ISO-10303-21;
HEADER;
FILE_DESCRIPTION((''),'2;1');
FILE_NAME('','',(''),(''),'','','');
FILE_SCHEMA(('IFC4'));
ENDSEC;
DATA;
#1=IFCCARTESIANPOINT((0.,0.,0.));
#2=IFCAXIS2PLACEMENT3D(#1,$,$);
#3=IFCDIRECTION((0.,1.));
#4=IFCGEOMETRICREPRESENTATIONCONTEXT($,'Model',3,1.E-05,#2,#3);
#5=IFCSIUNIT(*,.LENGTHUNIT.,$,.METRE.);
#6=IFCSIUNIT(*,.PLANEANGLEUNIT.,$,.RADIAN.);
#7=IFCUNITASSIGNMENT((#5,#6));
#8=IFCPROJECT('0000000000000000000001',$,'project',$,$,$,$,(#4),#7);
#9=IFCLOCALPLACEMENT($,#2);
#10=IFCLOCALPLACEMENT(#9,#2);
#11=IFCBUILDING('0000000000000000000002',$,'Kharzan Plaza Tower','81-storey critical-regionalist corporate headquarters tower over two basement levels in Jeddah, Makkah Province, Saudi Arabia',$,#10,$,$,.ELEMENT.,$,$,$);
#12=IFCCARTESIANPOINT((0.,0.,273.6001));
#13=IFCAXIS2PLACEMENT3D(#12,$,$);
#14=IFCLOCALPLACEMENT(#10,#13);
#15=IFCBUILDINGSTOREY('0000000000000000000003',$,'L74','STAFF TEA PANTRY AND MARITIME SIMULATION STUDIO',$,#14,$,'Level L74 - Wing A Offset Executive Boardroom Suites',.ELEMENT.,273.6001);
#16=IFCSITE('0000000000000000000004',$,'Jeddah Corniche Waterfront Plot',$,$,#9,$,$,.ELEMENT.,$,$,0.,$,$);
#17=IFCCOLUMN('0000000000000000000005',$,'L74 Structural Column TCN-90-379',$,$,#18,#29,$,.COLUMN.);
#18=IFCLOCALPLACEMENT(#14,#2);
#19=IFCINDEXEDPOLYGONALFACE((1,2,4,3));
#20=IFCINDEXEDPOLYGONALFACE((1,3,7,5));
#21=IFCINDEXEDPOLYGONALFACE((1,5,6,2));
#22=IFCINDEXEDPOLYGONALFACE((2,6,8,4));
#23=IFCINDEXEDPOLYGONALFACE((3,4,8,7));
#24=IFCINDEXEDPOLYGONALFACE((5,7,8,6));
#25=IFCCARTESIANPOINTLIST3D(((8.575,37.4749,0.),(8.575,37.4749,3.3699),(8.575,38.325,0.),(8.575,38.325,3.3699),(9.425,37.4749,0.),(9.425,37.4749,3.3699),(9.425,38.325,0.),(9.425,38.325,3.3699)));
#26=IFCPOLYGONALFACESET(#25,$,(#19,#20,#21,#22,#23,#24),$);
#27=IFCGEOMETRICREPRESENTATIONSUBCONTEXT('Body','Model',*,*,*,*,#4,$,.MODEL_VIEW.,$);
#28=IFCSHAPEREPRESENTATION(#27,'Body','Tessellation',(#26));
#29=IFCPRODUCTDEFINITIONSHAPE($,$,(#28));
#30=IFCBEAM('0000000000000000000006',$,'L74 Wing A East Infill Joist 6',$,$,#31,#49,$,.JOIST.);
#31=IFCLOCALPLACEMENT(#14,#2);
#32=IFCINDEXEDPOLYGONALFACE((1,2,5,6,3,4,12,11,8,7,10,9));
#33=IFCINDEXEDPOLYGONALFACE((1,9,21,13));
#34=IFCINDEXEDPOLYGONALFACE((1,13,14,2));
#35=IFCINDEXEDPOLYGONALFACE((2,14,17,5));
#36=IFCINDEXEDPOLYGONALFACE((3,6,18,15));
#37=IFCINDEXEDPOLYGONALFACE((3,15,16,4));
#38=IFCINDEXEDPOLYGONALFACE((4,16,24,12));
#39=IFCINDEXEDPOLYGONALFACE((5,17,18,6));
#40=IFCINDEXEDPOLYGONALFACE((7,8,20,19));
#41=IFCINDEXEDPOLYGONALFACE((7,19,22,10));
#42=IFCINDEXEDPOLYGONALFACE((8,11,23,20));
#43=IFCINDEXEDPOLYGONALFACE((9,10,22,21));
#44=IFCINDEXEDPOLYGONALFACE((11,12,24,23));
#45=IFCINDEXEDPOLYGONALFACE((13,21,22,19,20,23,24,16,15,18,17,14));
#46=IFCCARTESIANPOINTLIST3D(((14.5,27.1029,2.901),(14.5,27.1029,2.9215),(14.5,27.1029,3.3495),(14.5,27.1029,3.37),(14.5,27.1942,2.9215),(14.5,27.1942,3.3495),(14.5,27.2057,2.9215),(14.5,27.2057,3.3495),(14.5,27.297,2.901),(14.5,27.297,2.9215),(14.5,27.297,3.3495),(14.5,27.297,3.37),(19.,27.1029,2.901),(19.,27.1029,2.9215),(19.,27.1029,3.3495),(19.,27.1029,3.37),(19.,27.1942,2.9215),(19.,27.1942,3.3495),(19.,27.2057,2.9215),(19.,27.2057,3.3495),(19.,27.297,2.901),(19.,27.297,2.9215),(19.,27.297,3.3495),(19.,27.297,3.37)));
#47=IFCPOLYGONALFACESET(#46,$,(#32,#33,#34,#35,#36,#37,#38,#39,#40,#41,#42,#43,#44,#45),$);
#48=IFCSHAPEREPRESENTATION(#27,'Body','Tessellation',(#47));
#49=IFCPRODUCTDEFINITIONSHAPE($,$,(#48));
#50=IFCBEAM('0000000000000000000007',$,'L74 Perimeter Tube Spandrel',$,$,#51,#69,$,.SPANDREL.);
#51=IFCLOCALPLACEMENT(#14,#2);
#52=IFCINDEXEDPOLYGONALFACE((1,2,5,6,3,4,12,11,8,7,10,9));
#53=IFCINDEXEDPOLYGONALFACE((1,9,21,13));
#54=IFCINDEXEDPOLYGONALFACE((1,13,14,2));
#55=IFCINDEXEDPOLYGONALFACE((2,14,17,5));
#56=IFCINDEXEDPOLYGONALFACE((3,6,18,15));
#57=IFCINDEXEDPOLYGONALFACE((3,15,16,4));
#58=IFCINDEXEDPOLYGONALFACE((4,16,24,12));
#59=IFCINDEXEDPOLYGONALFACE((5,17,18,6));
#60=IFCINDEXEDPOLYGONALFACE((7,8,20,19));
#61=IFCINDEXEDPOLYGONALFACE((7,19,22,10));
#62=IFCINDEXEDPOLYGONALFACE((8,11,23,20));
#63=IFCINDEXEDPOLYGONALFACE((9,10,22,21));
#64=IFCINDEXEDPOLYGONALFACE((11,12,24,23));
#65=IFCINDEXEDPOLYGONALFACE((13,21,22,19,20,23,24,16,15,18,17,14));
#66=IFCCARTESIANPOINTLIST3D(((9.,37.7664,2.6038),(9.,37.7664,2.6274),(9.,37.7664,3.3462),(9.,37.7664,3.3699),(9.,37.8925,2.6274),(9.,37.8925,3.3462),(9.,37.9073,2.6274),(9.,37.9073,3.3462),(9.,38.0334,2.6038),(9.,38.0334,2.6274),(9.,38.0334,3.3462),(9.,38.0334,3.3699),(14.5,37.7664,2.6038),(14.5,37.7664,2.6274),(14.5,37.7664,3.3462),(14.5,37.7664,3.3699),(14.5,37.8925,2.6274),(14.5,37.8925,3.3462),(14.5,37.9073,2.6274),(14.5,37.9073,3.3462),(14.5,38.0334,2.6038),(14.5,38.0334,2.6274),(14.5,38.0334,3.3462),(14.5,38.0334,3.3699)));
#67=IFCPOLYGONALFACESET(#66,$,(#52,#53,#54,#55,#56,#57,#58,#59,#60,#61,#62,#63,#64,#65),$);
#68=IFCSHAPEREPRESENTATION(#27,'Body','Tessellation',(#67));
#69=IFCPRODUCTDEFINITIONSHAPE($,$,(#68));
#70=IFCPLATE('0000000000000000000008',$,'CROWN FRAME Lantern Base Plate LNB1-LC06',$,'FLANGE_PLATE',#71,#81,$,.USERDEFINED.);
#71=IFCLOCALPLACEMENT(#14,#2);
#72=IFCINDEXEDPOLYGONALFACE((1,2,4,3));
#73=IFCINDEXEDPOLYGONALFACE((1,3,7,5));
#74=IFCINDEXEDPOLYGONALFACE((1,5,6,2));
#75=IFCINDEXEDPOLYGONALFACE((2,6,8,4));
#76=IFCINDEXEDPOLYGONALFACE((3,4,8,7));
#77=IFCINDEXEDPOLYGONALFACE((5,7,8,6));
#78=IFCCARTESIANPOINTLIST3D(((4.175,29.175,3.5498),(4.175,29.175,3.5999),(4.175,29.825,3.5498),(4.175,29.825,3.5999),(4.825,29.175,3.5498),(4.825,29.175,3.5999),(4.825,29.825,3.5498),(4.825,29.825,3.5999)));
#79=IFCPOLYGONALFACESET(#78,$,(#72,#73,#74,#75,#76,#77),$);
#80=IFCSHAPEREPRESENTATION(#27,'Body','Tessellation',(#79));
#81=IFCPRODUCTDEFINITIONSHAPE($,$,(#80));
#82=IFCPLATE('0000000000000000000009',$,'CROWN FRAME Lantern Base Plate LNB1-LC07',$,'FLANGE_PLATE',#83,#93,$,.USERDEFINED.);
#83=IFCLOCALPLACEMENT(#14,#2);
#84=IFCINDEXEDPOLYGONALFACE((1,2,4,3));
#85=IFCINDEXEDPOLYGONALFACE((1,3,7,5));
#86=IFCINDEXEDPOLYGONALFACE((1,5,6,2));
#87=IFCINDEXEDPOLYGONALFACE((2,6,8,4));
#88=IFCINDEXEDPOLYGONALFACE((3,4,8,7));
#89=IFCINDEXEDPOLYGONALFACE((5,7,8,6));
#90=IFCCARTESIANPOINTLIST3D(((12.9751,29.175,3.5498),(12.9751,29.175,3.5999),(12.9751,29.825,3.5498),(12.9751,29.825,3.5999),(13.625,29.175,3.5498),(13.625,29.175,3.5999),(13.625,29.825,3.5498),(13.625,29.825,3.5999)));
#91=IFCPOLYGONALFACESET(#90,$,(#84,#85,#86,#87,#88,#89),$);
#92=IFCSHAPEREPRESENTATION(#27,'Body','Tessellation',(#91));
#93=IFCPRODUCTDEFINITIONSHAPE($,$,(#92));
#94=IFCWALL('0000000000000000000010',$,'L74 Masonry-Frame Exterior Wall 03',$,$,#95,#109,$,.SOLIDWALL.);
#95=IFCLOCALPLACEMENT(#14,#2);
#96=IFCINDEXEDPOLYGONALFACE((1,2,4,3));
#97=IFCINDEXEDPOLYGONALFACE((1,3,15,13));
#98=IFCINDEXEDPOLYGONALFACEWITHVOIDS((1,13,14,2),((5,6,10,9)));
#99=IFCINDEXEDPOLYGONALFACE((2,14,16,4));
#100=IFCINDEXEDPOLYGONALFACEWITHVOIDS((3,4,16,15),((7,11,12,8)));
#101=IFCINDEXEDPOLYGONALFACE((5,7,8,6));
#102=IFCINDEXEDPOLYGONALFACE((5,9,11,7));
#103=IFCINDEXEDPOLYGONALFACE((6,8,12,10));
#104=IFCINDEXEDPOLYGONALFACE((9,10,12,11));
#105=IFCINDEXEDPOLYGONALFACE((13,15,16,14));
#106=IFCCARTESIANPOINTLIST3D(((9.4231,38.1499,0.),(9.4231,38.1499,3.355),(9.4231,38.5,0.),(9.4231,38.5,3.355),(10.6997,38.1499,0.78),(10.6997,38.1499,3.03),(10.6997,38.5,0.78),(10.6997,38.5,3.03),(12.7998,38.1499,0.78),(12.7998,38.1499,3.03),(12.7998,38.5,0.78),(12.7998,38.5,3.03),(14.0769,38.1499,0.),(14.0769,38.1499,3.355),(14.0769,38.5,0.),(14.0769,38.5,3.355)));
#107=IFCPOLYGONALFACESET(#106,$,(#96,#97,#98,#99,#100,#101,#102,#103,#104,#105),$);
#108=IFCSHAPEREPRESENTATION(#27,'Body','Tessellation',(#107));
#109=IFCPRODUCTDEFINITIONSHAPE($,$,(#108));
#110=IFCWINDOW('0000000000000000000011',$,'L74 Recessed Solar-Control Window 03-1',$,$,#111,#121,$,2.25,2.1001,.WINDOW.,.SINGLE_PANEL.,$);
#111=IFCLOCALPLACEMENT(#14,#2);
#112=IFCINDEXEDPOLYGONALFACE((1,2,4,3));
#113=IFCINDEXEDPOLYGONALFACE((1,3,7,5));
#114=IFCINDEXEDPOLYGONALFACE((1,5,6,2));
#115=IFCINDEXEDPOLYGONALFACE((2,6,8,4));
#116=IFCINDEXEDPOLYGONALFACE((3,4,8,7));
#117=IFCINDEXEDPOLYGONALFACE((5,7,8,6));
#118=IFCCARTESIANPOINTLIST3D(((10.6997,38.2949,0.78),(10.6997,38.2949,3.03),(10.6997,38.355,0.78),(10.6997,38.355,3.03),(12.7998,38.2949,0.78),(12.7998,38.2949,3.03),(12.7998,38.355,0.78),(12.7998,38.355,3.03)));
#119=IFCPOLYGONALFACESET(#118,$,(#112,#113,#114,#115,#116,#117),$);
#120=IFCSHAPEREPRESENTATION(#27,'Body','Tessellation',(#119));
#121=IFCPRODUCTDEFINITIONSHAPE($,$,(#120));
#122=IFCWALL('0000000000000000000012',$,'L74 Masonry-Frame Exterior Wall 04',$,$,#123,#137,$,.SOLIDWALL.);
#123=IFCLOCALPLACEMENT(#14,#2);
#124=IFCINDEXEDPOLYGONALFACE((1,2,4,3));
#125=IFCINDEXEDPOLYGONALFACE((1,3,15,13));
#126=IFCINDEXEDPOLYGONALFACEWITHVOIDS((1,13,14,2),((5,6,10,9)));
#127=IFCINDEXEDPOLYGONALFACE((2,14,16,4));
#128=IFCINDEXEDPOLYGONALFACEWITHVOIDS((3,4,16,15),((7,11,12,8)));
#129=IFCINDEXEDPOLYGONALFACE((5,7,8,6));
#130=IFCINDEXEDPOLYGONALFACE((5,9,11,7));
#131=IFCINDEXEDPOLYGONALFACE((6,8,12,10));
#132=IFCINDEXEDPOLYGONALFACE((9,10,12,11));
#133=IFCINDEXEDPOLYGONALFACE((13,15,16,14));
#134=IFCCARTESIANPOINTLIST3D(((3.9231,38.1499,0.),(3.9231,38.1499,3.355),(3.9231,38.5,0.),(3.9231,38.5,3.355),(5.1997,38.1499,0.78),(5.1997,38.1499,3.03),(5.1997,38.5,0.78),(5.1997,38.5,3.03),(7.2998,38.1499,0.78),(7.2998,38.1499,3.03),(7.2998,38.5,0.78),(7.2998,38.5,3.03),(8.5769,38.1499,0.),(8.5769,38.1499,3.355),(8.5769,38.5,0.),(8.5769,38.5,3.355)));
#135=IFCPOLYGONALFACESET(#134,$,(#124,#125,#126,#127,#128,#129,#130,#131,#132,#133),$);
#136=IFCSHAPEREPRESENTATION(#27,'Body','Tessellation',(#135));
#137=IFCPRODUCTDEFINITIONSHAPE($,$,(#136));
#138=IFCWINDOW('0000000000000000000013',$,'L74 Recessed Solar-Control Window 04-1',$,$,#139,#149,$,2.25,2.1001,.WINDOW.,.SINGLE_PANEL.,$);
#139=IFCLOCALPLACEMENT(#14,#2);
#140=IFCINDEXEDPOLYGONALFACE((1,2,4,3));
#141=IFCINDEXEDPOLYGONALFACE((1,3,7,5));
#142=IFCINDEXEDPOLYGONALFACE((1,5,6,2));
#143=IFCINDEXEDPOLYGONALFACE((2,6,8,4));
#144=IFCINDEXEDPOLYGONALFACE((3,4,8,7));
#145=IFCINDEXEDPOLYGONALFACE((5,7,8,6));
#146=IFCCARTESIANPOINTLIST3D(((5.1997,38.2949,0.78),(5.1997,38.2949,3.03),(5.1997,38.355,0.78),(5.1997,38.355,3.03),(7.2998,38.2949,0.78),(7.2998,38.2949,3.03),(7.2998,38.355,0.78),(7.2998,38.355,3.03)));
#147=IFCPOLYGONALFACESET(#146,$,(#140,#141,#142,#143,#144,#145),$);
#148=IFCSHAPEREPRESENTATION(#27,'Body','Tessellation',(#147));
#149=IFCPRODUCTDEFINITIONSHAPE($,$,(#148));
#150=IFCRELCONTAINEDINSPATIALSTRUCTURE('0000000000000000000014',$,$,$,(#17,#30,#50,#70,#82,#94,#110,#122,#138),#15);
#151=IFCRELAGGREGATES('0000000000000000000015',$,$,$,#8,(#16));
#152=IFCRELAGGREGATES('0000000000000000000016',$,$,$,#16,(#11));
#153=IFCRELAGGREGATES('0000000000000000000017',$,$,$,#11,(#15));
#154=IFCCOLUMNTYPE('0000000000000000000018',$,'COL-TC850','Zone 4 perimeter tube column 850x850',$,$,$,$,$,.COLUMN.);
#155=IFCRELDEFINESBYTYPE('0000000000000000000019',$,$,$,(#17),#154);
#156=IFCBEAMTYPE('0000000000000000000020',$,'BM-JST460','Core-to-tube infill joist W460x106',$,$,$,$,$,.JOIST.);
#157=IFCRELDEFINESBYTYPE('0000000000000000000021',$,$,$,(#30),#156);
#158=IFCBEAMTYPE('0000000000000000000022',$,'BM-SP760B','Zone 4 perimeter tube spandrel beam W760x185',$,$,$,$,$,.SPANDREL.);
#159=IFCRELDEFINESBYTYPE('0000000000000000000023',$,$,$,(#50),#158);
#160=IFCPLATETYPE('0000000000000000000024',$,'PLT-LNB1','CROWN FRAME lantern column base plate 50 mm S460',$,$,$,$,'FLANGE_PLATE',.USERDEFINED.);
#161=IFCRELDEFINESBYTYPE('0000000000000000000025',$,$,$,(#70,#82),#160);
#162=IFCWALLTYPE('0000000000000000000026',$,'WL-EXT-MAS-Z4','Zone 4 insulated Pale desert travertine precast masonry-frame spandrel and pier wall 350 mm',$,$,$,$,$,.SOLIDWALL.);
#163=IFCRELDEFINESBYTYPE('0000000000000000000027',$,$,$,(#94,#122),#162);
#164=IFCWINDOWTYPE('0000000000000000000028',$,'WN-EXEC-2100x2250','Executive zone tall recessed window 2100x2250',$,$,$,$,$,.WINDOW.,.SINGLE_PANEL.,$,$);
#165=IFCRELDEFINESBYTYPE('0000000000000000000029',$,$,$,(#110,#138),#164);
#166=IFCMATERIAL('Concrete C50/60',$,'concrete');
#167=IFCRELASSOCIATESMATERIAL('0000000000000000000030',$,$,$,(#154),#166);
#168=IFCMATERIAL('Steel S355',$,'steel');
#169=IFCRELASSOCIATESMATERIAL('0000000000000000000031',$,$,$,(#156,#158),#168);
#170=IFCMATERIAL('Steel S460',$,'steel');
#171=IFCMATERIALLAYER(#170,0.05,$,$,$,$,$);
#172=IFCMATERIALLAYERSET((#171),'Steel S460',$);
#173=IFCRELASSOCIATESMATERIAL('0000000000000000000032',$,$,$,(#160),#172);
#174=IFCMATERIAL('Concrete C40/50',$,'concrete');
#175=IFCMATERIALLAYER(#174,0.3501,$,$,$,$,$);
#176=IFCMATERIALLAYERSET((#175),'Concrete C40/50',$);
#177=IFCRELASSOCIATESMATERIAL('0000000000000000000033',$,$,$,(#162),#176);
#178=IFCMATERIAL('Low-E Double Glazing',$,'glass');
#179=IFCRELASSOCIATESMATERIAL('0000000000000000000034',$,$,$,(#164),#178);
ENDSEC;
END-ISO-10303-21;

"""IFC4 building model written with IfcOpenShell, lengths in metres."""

from ifc_helpers import new_model, si_unit, direction, frame, frame_2d, origin, origin_2d, place, context, subcontext, project, spatial, rectangle, i_section, extrude, source, transform, mapped, material, layer, layer_set, material_profile, profile_set, type_object, element, fill, save


model = new_model("IFC4")

# Units and contexts
model_context = context("Model", 3, precision=1e-05, world=origin(), true_north=direction((0.0, 1.0)))
body_context = subcontext(model_context, "Body", "Model", "MODEL_VIEW")
ifc_project = project(units=[si_unit("LENGTHUNIT", "METRE"), si_unit("PLANEANGLEUNIT", "RADIAN")], contexts=[model_context])

# Site, building, storey
site_placement = place(None, origin())
site = spatial("IfcSite", under=ifc_project, at=site_placement, Name="Jeddah Corniche Waterfront Plot", CompositionType="ELEMENT", RefElevation=0.0)
building_placement = place(site_placement, origin())
building = spatial("IfcBuilding", under=site, at=building_placement, Name="Kharzan Plaza Tower", Description="81-storey critical-regionalist corporate headquarters tower over two basement levels in Jeddah, Makkah Province, Saudi Arabia", CompositionType="ELEMENT")
storey_placement = place(building_placement, frame((0.0, 0.0, 273.6001)))
storey = spatial("IfcBuildingStorey", under=building, at=storey_placement, Name="L74", Description="STAFF TEA PANTRY AND MARITIME SIMULATION STUDIO", LongName="Level L74 - Wing A Offset Executive Boardroom Suites", CompositionType="ELEMENT", Elevation=273.6001)

# Column
ifc_material_1 = material(Name="Concrete C50/60", Category="concrete")
ifc_material_profile_1 = material_profile(ifc_material_1, rectangle(XDim=0.8501, YDim=0.8501, at=origin_2d()), Name="RC-TC850x850")
ifc_profile_set_1 = profile_set([ifc_material_profile_1], Name="Concrete C50/60")
column_type = type_object("IfcColumnType", Name="COL-TC850", Description="Zone 4 perimeter tube column 850x850", PredefinedType="COLUMN", material=ifc_profile_set_1)
shared_shape_1 = source(origin(), body_context, "Body", "SweptSolid", [
    extrude(rectangle(XDim=0.8501, YDim=0.8501, at=origin_2d()), origin(), (0.0, 0.0, 1.0), 3.3699),
])
column_placement = place(storey_placement, frame((9.0, 37.8999, 0.0), z_axis=(0.0, 0.0, 1.0), x_axis=(1.0, 0.0, 0.0)))
element("IfcColumn", 1, at=column_placement, inside=storey, type_object=column_type, Name="L74 Structural Column TCN-90-379", PredefinedType="COLUMN", context=body_context, shape_type="MappedRepresentation", body=[
    mapped(shared_shape_1, transform((0.0, 0.0, 0.0), x_axis=(1.0, 0.0, 0.0), y_axis=(0.0, 1.0, 0.0), z_axis=(0.0, 0.0, 1.0))),
])

# Beams
ifc_material_2 = material(Name="Steel S355", Category="steel")
ifc_material_profile_2 = material_profile(ifc_material_2, i_section(OverallWidth=0.1941, OverallDepth=0.469, WebThickness=0.0115, FlangeThickness=0.0205, at=origin_2d()), Name="W460x106")
ifc_profile_set_2 = profile_set([ifc_material_profile_2], Name="Steel S355")
beam_type_1 = type_object("IfcBeamType", Name="BM-JST460", Description="Core-to-tube infill joist W460x106", PredefinedType="JOIST", material=ifc_profile_set_2)
shared_shape_2 = source(origin(), body_context, "Body", "SweptSolid", [
    extrude(i_section(OverallWidth=0.1941, OverallDepth=0.469, WebThickness=0.0115, FlangeThickness=0.0205, at=origin_2d()), origin(), (0.0, 0.0, 1.0), 4.5),
])
beam_1_placement = place(storey_placement, frame((14.5, 27.2, 3.1355), z_axis=(1.0, 0.0, 0.0), x_axis=(0.0, 1.0, 0.0)))
element("IfcBeam", 2, at=beam_1_placement, inside=storey, type_object=beam_type_1, Name="L74 Wing A East Infill Joist 6", PredefinedType="JOIST", context=body_context, shape_type="MappedRepresentation", body=[
    mapped(shared_shape_2, transform((0.0, 0.0, 0.0), x_axis=(1.0, 0.0, 0.0), y_axis=(0.0, 1.0, 0.0), z_axis=(0.0, 0.0, 1.0))),
])
ifc_material_profile_3 = material_profile(ifc_material_2, i_section(OverallWidth=0.2671, OverallDepth=0.7661, WebThickness=0.0149, FlangeThickness=0.0237, at=origin_2d()), Name="W760x185")
ifc_profile_set_3 = profile_set([ifc_material_profile_3], Name="Steel S355")
beam_type_2 = type_object("IfcBeamType", Name="BM-SP760B", Description="Zone 4 perimeter tube spandrel beam W760x185", PredefinedType="SPANDREL", material=ifc_profile_set_3)
shared_shape_3 = source(origin(), body_context, "Body", "SweptSolid", [
    extrude(i_section(OverallWidth=0.2671, OverallDepth=0.7661, WebThickness=0.0149, FlangeThickness=0.0237, at=origin_2d()), origin(), (0.0, 0.0, 1.0), 5.5),
])
beam_2_placement = place(storey_placement, frame((9.0, 37.8999, 2.9868), z_axis=(1.0, 0.0, 0.0), x_axis=(0.0, 1.0, 0.0)))
element("IfcBeam", 3, at=beam_2_placement, inside=storey, type_object=beam_type_2, Name="L74 Perimeter Tube Spandrel", PredefinedType="SPANDREL", context=body_context, shape_type="MappedRepresentation", body=[
    mapped(shared_shape_3, transform((0.0, 0.0, 0.0), x_axis=(1.0, 0.0, 0.0), y_axis=(0.0, 1.0, 0.0), z_axis=(0.0, 0.0, 1.0))),
])

# Plates
ifc_material_3 = material(Name="Steel S460", Category="steel")
ifc_layer_1 = layer(ifc_material_3, 0.05)
ifc_layer_set_1 = layer_set([ifc_layer_1], Name="Steel S460")
plate_type = type_object("IfcPlateType", Name="PLT-LNB1", Description="CROWN FRAME lantern column base plate 50 mm S460", ElementType="FLANGE_PLATE", PredefinedType="USERDEFINED", material=ifc_layer_set_1)
shared_shape_4 = source(origin(), body_context, "Body", "SweptSolid", [
    extrude(rectangle(XDim=0.6499, YDim=0.6499, at=origin_2d()), origin(), (0.0, 0.0, 1.0), 0.05),
])
for number, where, z_axis, x_axis, name in (
    (4, (4.5, 29.5, 3.5498), (0.0, 0.0, 1.0), (1.0, 0.0, 0.0), "CROWN FRAME Lantern Base Plate LNB1-LC06"),
    (5, (13.3, 29.5, 3.5498), (0.0, 0.0, 1.0), (1.0, 0.0, 0.0), "CROWN FRAME Lantern Base Plate LNB1-LC07"),
):
    element("IfcPlate", number, at=place(storey_placement, frame(where, z_axis=z_axis, x_axis=x_axis)), inside=storey, type_object=plate_type, Name=name, ObjectType="FLANGE_PLATE", PredefinedType="USERDEFINED", context=body_context, shape_type="MappedRepresentation", body=[
        mapped(shared_shape_4, transform((0.0, 0.0, 0.0), x_axis=(1.0, 0.0, 0.0), y_axis=(0.0, 1.0, 0.0), z_axis=(0.0, 0.0, 1.0))),
    ])

# Walls, openings, windows
ifc_material_4 = material(Name="Concrete C40/50", Category="concrete")
ifc_layer_2 = layer(ifc_material_4, 0.3501)
ifc_layer_set_2 = layer_set([ifc_layer_2], Name="Concrete C40/50")
wall_type_1 = type_object("IfcWallType", Name="WL-EXT-MAS-Z4", Description="Zone 4 insulated Pale desert travertine precast masonry-frame spandrel and pier wall 350 mm", PredefinedType="SOLIDWALL", material=ifc_layer_set_2)
wall_1_placement = place(storey_placement, frame((14.0769, 38.325, 0.0), z_axis=(0.0, 0.0, 1.0), x_axis=(-1.0, 0.0, 0.0)))
wall_1 = element("IfcWall", 6, at=wall_1_placement, inside=storey, type_object=wall_type_1, Name="L74 Masonry-Frame Exterior Wall 03", PredefinedType="SOLIDWALL", context=body_context, shape_type="SweptSolid", body=[
    extrude(rectangle(XDim=4.6538, YDim=0.3501, at=frame_2d((2.3269, 0.0))), origin(), (0.0, 0.0, 1.0), 3.355),
])
opening_1_placement = place(wall_1_placement, frame((1.2771, 0.0, 0.78)))
opening_1 = element("IfcOpeningElement", 7, at=opening_1_placement, cuts=wall_1, PredefinedType="OPENING", context=body_context, shape_type="SweptSolid", body=[
    extrude(rectangle(XDim=2.1001, YDim=2.25, at=frame_2d((1.05, 1.125))), frame((0.0, 0.1851, 0.0), z_axis=(0.0, -1.0, 0.0), x_axis=(1.0, 0.0, 0.0)), (0.0, 0.0, 1.0), 0.3701),
])
ifc_material_5 = material(Name="Low-E Double Glazing", Category="glass")
window_type = type_object("IfcWindowType", Name="WN-EXEC-2100x2250", Description="Executive zone tall recessed window 2100x2250", PartitioningType="SINGLE_PANEL", PredefinedType="WINDOW", material=ifc_material_5)
shared_shape_5 = source(origin(), body_context, "Body", "SweptSolid", [
    extrude(rectangle(XDim=2.1001, YDim=2.25, at=frame_2d((1.05, 1.125))), frame((0.0, 0.03, 0.0), z_axis=(0.0, -1.0, 0.0), x_axis=(1.0, 0.0, 0.0)), (0.0, 0.0, 1.0), 0.0601),
])
window_1_placement = place(opening_1_placement, origin())
window_1 = element("IfcWindow", 8, at=window_1_placement, inside=storey, type_object=window_type, Name="L74 Recessed Solar-Control Window 03-1", OverallHeight=2.25, OverallWidth=2.1001, PartitioningType="SINGLE_PANEL", PredefinedType="WINDOW", context=body_context, shape_type="MappedRepresentation", body=[
    mapped(shared_shape_5, transform((0.0, 0.0, 0.0), x_axis=(1.0, 0.0, 0.0), y_axis=(0.0, 1.0, 0.0), z_axis=(0.0, 0.0, 1.0))),
])
fill(opening_1, window_1)
wall_2_placement = place(storey_placement, frame((8.5769, 38.325, 0.0), z_axis=(0.0, 0.0, 1.0), x_axis=(-1.0, 0.0, 0.0)))
wall_2 = element("IfcWall", 9, at=wall_2_placement, inside=storey, type_object=wall_type_1, Name="L74 Masonry-Frame Exterior Wall 04", PredefinedType="SOLIDWALL", context=body_context, shape_type="SweptSolid", body=[
    extrude(rectangle(XDim=4.6538, YDim=0.3501, at=frame_2d((2.3269, 0.0))), origin(), (0.0, 0.0, 1.0), 3.355),
])
opening_2_placement = place(wall_2_placement, frame((1.2771, 0.0, 0.78)))
opening_2 = element("IfcOpeningElement", 10, at=opening_2_placement, cuts=wall_2, PredefinedType="OPENING", context=body_context, shape_type="SweptSolid", body=[
    extrude(rectangle(XDim=2.1001, YDim=2.25, at=frame_2d((1.05, 1.125))), frame((0.0, 0.1851, 0.0), z_axis=(0.0, -1.0, 0.0), x_axis=(1.0, 0.0, 0.0)), (0.0, 0.0, 1.0), 0.3701),
])
window_2_placement = place(opening_2_placement, origin())
window_2 = element("IfcWindow", 11, at=window_2_placement, inside=storey, type_object=window_type, Name="L74 Recessed Solar-Control Window 04-1", OverallHeight=2.25, OverallWidth=2.1001, PartitioningType="SINGLE_PANEL", PredefinedType="WINDOW", context=body_context, shape_type="MappedRepresentation", body=[
    mapped(shared_shape_5, transform((0.0, 0.0, 0.0), x_axis=(1.0, 0.0, 0.0), y_axis=(0.0, 1.0, 0.0), z_axis=(0.0, 0.0, 1.0))),
])
fill(opening_2, window_2)

save(model, "model.ifc")
